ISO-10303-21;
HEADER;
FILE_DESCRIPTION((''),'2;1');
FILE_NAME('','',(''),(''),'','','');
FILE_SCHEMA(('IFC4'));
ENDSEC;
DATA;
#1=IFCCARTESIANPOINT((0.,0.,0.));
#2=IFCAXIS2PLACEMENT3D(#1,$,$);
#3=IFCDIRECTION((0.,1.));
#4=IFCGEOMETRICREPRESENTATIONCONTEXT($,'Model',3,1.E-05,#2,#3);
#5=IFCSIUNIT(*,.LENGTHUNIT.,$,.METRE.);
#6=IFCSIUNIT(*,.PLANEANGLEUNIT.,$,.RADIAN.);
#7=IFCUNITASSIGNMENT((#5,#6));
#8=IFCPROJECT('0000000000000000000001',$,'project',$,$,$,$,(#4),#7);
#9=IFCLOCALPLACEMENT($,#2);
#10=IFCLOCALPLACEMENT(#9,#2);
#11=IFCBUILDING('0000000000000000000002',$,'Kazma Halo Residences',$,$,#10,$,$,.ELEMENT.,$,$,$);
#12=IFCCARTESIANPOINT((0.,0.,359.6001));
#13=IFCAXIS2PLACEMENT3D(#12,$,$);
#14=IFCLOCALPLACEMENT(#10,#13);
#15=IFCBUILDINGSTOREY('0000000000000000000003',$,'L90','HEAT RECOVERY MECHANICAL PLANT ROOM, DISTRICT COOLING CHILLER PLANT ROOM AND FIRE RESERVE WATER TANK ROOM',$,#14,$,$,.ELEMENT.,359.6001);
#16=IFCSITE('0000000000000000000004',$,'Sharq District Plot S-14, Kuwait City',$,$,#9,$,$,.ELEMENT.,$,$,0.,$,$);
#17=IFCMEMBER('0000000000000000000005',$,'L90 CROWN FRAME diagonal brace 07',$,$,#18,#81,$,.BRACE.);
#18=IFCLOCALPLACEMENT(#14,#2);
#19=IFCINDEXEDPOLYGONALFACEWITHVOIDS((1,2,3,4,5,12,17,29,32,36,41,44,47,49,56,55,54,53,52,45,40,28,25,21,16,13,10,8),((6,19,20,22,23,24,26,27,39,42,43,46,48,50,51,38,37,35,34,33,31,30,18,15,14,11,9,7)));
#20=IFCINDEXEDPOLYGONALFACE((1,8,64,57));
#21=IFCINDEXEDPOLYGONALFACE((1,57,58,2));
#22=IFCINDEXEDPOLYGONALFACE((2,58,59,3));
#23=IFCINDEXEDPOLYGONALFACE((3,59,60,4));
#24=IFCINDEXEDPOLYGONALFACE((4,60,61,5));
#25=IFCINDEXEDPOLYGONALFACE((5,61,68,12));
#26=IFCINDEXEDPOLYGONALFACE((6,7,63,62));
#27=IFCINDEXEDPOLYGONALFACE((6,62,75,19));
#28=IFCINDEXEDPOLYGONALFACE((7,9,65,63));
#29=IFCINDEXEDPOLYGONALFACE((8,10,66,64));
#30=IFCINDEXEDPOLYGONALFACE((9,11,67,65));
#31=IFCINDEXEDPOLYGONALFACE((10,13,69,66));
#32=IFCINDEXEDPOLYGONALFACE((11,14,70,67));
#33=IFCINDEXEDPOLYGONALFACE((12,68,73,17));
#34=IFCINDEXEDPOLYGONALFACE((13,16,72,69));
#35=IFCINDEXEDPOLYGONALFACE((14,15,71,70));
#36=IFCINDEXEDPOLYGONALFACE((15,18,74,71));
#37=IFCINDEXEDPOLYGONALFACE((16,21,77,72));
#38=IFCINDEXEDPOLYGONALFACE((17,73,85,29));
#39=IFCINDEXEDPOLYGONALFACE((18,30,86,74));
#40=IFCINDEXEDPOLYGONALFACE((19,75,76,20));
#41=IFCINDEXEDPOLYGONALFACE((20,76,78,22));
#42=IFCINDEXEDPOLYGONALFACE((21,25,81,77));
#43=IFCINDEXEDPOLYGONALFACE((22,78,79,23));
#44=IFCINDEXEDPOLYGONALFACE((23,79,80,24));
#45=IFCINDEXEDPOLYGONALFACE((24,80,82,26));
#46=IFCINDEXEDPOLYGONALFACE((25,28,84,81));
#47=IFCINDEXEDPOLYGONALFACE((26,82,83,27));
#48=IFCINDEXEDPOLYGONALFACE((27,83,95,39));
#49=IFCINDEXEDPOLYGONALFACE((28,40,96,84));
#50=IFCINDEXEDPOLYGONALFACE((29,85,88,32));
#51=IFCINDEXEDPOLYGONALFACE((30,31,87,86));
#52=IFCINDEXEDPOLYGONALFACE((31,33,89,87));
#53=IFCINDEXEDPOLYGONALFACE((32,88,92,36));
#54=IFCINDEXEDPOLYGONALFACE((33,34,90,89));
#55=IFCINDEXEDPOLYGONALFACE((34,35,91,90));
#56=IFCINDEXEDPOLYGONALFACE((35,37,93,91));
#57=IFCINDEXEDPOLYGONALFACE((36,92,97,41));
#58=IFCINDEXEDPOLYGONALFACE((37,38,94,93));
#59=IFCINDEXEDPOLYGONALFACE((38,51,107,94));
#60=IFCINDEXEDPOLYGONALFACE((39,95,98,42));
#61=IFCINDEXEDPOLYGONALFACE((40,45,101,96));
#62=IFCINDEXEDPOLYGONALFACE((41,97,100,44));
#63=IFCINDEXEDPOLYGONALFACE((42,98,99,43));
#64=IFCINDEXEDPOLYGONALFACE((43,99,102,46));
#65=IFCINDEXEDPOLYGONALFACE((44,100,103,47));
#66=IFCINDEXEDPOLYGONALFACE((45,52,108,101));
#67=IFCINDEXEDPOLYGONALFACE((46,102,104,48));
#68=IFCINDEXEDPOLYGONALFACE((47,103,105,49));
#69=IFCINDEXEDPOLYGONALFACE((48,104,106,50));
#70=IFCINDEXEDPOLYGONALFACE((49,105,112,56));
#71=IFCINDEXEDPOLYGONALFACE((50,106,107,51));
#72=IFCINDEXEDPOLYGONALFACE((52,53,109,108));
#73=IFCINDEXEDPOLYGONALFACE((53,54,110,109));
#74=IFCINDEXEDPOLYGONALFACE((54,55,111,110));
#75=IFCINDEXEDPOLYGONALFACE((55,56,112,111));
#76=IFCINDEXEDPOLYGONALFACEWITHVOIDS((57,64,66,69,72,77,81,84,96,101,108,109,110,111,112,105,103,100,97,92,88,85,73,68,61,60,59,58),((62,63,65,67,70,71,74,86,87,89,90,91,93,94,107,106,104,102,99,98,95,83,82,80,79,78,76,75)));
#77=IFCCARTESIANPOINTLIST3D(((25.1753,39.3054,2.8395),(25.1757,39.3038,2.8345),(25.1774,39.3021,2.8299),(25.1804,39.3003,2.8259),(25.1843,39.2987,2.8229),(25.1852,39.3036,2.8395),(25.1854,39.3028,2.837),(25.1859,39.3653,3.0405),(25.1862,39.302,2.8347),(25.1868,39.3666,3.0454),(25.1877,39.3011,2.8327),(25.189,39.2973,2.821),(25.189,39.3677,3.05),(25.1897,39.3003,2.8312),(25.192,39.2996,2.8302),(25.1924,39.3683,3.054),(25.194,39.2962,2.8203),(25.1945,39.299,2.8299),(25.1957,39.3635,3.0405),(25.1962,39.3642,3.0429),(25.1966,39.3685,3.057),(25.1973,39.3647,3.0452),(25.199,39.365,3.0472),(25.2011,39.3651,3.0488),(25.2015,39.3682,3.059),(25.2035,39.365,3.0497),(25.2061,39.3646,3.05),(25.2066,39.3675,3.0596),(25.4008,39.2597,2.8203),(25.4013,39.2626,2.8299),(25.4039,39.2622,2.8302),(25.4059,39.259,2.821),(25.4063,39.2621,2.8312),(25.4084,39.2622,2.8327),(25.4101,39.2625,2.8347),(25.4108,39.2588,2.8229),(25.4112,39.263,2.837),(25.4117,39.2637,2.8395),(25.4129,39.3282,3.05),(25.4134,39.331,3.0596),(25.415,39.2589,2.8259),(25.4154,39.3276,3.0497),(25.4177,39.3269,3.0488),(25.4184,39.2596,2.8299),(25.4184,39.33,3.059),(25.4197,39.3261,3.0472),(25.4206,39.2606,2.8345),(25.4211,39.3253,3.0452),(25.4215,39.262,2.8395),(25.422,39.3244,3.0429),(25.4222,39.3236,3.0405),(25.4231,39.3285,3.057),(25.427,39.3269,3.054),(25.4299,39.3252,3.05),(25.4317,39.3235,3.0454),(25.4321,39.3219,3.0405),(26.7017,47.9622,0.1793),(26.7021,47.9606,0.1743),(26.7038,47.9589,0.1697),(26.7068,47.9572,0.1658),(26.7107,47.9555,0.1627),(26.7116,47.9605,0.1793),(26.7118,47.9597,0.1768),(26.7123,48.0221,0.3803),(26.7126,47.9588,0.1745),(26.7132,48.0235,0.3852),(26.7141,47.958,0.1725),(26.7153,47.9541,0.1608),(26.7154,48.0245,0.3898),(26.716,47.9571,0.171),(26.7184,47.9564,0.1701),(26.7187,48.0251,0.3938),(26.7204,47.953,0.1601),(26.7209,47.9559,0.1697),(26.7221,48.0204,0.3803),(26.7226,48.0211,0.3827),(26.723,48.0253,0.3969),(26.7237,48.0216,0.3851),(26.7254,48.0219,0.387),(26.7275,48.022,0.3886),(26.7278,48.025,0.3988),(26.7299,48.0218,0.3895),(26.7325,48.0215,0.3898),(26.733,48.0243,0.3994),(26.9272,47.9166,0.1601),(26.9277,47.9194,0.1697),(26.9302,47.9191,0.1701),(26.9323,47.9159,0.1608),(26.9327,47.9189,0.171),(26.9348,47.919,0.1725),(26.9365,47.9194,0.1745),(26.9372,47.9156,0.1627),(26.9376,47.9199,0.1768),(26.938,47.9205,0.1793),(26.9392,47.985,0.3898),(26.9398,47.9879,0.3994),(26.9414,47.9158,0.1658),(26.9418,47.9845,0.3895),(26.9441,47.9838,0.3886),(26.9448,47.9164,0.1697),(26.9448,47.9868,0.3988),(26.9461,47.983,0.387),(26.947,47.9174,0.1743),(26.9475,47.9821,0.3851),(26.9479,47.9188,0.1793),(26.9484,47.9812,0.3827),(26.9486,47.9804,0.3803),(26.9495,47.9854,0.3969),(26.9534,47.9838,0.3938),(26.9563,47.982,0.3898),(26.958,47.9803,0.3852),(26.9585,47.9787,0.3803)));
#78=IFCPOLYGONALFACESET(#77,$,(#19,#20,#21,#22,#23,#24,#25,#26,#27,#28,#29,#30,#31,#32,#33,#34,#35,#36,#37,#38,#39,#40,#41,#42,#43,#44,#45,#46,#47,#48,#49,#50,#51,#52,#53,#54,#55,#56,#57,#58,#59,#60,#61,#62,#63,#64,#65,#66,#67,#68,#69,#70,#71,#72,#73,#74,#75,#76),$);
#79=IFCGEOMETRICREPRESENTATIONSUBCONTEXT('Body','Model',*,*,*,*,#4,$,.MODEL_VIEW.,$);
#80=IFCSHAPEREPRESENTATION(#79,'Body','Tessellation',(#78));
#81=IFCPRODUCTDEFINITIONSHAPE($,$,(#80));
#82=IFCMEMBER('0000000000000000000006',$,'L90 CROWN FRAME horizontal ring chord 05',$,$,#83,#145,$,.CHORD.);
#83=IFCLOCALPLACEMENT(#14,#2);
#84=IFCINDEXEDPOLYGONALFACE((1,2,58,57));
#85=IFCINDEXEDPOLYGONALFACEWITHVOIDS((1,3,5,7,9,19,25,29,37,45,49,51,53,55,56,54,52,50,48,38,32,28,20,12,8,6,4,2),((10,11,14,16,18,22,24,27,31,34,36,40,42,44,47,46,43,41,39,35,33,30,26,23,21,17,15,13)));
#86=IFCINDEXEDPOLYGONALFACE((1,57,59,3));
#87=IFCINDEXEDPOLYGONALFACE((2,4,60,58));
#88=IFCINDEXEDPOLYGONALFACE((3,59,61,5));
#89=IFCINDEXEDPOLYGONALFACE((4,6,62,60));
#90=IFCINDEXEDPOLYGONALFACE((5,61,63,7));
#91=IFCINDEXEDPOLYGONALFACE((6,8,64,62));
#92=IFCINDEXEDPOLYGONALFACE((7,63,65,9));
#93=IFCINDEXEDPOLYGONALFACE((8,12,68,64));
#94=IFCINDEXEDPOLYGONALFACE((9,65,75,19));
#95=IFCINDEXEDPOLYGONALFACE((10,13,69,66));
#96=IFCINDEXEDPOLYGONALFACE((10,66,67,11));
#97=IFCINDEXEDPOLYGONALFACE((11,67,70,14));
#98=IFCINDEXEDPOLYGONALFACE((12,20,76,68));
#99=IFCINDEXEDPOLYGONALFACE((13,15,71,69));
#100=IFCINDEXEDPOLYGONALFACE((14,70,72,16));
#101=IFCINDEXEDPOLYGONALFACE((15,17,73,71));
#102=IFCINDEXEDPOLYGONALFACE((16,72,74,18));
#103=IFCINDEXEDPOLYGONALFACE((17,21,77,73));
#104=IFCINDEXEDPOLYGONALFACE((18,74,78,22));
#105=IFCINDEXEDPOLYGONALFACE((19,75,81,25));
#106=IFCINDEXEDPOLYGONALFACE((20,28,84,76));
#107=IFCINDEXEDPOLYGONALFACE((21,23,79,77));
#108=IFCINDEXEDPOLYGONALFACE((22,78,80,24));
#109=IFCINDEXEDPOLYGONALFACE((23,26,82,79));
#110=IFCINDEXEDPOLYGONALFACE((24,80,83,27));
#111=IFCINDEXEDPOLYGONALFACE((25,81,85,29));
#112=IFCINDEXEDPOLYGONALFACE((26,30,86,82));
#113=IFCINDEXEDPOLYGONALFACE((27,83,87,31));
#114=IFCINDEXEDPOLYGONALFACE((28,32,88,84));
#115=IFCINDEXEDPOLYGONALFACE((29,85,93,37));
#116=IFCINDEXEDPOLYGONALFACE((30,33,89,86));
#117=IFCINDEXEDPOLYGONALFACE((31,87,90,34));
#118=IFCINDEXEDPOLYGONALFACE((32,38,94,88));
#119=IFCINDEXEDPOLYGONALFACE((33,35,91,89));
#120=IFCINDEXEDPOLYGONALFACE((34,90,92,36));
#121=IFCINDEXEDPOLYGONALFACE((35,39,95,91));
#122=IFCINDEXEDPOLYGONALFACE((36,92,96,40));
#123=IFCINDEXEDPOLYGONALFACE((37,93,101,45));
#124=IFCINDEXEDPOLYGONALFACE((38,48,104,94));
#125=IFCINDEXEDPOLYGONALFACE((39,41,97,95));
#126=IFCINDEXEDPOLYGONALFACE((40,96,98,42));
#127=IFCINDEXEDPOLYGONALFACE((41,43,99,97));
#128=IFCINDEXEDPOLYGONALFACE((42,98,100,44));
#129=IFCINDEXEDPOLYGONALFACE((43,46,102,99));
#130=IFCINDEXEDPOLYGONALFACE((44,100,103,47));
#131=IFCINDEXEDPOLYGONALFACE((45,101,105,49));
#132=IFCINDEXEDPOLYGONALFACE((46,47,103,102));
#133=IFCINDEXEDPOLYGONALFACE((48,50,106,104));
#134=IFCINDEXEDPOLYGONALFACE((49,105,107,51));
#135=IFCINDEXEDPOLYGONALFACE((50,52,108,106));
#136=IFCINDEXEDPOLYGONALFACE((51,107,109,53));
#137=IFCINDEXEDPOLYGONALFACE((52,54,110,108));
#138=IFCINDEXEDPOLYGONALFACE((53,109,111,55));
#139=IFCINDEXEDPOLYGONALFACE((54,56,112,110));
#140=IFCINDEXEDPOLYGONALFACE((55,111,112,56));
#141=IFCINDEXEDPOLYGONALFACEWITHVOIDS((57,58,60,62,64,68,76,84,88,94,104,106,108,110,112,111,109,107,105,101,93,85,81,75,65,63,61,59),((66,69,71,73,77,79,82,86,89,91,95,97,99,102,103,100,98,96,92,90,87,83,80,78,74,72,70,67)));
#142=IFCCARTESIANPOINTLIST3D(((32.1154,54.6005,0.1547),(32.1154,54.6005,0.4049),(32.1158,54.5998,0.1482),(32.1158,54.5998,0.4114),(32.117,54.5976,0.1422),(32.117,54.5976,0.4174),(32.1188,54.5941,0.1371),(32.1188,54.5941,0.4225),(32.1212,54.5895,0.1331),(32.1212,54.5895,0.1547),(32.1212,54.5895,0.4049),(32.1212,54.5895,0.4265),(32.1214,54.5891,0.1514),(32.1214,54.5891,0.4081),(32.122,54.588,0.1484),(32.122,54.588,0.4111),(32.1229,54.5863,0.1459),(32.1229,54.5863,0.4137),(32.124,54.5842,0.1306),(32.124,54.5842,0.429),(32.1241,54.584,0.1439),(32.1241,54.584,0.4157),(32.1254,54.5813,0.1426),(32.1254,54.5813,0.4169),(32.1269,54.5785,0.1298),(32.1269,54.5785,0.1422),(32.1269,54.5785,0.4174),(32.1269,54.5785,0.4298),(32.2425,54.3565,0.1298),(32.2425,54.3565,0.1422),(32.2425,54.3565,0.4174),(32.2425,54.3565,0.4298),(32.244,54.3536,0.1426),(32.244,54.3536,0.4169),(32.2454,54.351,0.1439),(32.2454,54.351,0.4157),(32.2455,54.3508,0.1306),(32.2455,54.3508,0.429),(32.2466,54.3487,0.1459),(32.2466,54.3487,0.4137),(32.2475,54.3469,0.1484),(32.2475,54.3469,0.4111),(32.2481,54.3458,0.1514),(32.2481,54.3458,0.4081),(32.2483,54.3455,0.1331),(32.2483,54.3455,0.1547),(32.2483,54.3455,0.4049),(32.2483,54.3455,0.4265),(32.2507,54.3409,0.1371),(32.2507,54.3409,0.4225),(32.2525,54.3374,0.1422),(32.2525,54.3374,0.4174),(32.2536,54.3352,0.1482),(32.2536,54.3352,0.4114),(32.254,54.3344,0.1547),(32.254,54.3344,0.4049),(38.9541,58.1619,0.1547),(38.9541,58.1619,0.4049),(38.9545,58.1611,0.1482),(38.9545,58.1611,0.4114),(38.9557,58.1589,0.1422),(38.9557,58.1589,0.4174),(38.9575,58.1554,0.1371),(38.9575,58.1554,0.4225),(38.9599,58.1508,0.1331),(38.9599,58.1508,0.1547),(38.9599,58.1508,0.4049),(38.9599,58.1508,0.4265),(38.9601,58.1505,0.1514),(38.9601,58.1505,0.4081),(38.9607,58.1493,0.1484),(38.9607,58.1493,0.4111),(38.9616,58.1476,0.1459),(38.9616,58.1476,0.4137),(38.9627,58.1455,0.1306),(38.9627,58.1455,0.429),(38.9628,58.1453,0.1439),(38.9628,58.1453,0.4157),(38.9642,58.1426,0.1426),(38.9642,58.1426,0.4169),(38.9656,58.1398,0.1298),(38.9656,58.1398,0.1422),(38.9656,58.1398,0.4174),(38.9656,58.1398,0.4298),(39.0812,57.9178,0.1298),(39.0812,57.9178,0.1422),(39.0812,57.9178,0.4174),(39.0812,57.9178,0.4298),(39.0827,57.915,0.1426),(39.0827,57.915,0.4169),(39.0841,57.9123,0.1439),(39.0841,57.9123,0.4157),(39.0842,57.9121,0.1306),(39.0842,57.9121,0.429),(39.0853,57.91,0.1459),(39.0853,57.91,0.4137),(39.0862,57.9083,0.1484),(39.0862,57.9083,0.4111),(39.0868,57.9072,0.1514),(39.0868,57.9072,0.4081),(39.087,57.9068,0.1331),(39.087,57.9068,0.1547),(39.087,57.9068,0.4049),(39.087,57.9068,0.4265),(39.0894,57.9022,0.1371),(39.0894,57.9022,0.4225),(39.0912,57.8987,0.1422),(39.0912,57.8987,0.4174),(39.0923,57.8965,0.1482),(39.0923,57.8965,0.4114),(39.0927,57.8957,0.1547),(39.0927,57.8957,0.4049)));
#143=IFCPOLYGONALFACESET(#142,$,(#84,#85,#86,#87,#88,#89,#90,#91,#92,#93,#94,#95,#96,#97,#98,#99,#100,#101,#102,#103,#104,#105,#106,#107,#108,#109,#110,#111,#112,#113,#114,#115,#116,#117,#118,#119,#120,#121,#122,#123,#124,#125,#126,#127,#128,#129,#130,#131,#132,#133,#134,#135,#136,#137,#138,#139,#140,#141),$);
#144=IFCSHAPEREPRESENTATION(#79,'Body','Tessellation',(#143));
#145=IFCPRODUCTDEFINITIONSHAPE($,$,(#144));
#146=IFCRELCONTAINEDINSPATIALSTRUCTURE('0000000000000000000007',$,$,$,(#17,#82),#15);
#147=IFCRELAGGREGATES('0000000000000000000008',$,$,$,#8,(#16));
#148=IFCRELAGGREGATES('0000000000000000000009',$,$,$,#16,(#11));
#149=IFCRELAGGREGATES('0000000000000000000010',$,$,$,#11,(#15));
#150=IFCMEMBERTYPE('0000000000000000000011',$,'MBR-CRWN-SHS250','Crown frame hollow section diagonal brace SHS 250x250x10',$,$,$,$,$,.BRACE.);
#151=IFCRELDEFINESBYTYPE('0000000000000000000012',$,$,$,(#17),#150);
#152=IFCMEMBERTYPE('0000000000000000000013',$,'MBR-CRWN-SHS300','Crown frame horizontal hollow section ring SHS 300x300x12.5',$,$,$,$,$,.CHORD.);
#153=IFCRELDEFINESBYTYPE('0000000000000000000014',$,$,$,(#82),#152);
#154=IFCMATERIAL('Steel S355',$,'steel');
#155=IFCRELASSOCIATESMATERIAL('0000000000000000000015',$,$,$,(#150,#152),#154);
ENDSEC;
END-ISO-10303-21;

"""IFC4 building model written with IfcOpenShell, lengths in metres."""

from ifc_helpers import new_model, si_unit, direction, frame, origin, origin_2d, place, context, subcontext, project, spatial, hollow_rectangle, extrude, material, material_profile, profile_set, type_object, element, save


model = new_model("IFC4")

# Units and contexts
model_context = context("Model", 3, precision=1e-05, world=origin(), true_north=direction((0.0, 1.0)))
body_context = subcontext(model_context, "Body", "Model", "MODEL_VIEW")
ifc_project = project(units=[si_unit("LENGTHUNIT", "METRE"), si_unit("PLANEANGLEUNIT", "RADIAN")], contexts=[model_context])

# Site, building, storey
site_placement = place(None, origin())
site = spatial("IfcSite", under=ifc_project, at=site_placement, Name="Sharq District Plot S-14, Kuwait City", CompositionType="ELEMENT", RefElevation=0.0)
building_placement = place(site_placement, origin())
building = spatial("IfcBuilding", under=site, at=building_placement, Name="Kazma Halo Residences", CompositionType="ELEMENT")
storey_placement = place(building_placement, frame((0.0, 0.0, 359.6001)))
storey = spatial("IfcBuildingStorey", under=building, at=storey_placement, Name="L90", Description="HEAT RECOVERY MECHANICAL PLANT ROOM, DISTRICT COOLING CHILLER PLANT ROOM AND FIRE RESERVE WATER TANK ROOM", CompositionType="ELEMENT", Elevation=359.6001)

# Shared definitions
ifc_material_1 = material(Name="Steel S355", Category="steel")

# Members
ifc_material_profile_1 = material_profile(ifc_material_1, hollow_rectangle(XDim=0.25, YDim=0.25, WallThickness=0.01, InnerFilletRadius=0.01, OuterFilletRadius=0.02, at=origin_2d()), Name="SHS250x250x10")
ifc_profile_set_1 = profile_set([ifc_material_profile_1], Name="Steel S355")
member_type_1 = type_object("IfcMemberType", Name="MBR-CRWN-SHS250", Description="Crown frame hollow section diagonal brace SHS 250x250x10", PredefinedType="BRACE", material=ifc_profile_set_1)
member_1_placement = place(storey_placement, frame((26.8301, 47.9705, 0.2798), z_axis=(-0.166199, -0.942592, 0.289652), x_axis=(0.984809, -0.173643, 0.0)))
element("IfcMember", 1, at=member_1_placement, inside=storey, type_object=member_type_1, Name="L90 CROWN FRAME diagonal brace 07", PredefinedType="BRACE", context=body_context, shape_type="SweptSolid", body=[
    extrude(hollow_rectangle(XDim=0.25, YDim=0.25, WallThickness=0.01, InnerFilletRadius=0.01, OuterFilletRadius=0.02, at=origin_2d()), origin(), (0.0, 0.0, 1.0), 9.1841),
])
ifc_material_profile_2 = material_profile(ifc_material_1, hollow_rectangle(XDim=0.3, YDim=0.3, WallThickness=0.0125, InnerFilletRadius=0.0125, OuterFilletRadius=0.0249, at=origin_2d()), Name="SHS300x300x12.5")
ifc_profile_set_2 = profile_set([ifc_material_profile_2], Name="Steel S355")
member_type_2 = type_object("IfcMemberType", Name="MBR-CRWN-SHS300", Description="Crown frame horizontal hollow section ring SHS 300x300x12.5", PredefinedType="CHORD", material=ifc_profile_set_2)
member_2_placement = place(storey_placement, frame((39.0234, 58.0288, 0.2798), z_axis=(-0.886941, -0.461883, 0.0), x_axis=(0.461883, -0.886941, 0.0)))
element("IfcMember", 2, at=member_2_placement, inside=storey, type_object=member_type_2, Name="L90 CROWN FRAME horizontal ring chord 05", PredefinedType="CHORD", context=body_context, shape_type="SweptSolid", body=[
    extrude(hollow_rectangle(XDim=0.3, YDim=0.3, WallThickness=0.0125, InnerFilletRadius=0.0125, OuterFilletRadius=0.0249, at=origin_2d()), origin(), (0.0, 0.0, 1.0), 7.7104),
])

save(model, "model.ifc")
